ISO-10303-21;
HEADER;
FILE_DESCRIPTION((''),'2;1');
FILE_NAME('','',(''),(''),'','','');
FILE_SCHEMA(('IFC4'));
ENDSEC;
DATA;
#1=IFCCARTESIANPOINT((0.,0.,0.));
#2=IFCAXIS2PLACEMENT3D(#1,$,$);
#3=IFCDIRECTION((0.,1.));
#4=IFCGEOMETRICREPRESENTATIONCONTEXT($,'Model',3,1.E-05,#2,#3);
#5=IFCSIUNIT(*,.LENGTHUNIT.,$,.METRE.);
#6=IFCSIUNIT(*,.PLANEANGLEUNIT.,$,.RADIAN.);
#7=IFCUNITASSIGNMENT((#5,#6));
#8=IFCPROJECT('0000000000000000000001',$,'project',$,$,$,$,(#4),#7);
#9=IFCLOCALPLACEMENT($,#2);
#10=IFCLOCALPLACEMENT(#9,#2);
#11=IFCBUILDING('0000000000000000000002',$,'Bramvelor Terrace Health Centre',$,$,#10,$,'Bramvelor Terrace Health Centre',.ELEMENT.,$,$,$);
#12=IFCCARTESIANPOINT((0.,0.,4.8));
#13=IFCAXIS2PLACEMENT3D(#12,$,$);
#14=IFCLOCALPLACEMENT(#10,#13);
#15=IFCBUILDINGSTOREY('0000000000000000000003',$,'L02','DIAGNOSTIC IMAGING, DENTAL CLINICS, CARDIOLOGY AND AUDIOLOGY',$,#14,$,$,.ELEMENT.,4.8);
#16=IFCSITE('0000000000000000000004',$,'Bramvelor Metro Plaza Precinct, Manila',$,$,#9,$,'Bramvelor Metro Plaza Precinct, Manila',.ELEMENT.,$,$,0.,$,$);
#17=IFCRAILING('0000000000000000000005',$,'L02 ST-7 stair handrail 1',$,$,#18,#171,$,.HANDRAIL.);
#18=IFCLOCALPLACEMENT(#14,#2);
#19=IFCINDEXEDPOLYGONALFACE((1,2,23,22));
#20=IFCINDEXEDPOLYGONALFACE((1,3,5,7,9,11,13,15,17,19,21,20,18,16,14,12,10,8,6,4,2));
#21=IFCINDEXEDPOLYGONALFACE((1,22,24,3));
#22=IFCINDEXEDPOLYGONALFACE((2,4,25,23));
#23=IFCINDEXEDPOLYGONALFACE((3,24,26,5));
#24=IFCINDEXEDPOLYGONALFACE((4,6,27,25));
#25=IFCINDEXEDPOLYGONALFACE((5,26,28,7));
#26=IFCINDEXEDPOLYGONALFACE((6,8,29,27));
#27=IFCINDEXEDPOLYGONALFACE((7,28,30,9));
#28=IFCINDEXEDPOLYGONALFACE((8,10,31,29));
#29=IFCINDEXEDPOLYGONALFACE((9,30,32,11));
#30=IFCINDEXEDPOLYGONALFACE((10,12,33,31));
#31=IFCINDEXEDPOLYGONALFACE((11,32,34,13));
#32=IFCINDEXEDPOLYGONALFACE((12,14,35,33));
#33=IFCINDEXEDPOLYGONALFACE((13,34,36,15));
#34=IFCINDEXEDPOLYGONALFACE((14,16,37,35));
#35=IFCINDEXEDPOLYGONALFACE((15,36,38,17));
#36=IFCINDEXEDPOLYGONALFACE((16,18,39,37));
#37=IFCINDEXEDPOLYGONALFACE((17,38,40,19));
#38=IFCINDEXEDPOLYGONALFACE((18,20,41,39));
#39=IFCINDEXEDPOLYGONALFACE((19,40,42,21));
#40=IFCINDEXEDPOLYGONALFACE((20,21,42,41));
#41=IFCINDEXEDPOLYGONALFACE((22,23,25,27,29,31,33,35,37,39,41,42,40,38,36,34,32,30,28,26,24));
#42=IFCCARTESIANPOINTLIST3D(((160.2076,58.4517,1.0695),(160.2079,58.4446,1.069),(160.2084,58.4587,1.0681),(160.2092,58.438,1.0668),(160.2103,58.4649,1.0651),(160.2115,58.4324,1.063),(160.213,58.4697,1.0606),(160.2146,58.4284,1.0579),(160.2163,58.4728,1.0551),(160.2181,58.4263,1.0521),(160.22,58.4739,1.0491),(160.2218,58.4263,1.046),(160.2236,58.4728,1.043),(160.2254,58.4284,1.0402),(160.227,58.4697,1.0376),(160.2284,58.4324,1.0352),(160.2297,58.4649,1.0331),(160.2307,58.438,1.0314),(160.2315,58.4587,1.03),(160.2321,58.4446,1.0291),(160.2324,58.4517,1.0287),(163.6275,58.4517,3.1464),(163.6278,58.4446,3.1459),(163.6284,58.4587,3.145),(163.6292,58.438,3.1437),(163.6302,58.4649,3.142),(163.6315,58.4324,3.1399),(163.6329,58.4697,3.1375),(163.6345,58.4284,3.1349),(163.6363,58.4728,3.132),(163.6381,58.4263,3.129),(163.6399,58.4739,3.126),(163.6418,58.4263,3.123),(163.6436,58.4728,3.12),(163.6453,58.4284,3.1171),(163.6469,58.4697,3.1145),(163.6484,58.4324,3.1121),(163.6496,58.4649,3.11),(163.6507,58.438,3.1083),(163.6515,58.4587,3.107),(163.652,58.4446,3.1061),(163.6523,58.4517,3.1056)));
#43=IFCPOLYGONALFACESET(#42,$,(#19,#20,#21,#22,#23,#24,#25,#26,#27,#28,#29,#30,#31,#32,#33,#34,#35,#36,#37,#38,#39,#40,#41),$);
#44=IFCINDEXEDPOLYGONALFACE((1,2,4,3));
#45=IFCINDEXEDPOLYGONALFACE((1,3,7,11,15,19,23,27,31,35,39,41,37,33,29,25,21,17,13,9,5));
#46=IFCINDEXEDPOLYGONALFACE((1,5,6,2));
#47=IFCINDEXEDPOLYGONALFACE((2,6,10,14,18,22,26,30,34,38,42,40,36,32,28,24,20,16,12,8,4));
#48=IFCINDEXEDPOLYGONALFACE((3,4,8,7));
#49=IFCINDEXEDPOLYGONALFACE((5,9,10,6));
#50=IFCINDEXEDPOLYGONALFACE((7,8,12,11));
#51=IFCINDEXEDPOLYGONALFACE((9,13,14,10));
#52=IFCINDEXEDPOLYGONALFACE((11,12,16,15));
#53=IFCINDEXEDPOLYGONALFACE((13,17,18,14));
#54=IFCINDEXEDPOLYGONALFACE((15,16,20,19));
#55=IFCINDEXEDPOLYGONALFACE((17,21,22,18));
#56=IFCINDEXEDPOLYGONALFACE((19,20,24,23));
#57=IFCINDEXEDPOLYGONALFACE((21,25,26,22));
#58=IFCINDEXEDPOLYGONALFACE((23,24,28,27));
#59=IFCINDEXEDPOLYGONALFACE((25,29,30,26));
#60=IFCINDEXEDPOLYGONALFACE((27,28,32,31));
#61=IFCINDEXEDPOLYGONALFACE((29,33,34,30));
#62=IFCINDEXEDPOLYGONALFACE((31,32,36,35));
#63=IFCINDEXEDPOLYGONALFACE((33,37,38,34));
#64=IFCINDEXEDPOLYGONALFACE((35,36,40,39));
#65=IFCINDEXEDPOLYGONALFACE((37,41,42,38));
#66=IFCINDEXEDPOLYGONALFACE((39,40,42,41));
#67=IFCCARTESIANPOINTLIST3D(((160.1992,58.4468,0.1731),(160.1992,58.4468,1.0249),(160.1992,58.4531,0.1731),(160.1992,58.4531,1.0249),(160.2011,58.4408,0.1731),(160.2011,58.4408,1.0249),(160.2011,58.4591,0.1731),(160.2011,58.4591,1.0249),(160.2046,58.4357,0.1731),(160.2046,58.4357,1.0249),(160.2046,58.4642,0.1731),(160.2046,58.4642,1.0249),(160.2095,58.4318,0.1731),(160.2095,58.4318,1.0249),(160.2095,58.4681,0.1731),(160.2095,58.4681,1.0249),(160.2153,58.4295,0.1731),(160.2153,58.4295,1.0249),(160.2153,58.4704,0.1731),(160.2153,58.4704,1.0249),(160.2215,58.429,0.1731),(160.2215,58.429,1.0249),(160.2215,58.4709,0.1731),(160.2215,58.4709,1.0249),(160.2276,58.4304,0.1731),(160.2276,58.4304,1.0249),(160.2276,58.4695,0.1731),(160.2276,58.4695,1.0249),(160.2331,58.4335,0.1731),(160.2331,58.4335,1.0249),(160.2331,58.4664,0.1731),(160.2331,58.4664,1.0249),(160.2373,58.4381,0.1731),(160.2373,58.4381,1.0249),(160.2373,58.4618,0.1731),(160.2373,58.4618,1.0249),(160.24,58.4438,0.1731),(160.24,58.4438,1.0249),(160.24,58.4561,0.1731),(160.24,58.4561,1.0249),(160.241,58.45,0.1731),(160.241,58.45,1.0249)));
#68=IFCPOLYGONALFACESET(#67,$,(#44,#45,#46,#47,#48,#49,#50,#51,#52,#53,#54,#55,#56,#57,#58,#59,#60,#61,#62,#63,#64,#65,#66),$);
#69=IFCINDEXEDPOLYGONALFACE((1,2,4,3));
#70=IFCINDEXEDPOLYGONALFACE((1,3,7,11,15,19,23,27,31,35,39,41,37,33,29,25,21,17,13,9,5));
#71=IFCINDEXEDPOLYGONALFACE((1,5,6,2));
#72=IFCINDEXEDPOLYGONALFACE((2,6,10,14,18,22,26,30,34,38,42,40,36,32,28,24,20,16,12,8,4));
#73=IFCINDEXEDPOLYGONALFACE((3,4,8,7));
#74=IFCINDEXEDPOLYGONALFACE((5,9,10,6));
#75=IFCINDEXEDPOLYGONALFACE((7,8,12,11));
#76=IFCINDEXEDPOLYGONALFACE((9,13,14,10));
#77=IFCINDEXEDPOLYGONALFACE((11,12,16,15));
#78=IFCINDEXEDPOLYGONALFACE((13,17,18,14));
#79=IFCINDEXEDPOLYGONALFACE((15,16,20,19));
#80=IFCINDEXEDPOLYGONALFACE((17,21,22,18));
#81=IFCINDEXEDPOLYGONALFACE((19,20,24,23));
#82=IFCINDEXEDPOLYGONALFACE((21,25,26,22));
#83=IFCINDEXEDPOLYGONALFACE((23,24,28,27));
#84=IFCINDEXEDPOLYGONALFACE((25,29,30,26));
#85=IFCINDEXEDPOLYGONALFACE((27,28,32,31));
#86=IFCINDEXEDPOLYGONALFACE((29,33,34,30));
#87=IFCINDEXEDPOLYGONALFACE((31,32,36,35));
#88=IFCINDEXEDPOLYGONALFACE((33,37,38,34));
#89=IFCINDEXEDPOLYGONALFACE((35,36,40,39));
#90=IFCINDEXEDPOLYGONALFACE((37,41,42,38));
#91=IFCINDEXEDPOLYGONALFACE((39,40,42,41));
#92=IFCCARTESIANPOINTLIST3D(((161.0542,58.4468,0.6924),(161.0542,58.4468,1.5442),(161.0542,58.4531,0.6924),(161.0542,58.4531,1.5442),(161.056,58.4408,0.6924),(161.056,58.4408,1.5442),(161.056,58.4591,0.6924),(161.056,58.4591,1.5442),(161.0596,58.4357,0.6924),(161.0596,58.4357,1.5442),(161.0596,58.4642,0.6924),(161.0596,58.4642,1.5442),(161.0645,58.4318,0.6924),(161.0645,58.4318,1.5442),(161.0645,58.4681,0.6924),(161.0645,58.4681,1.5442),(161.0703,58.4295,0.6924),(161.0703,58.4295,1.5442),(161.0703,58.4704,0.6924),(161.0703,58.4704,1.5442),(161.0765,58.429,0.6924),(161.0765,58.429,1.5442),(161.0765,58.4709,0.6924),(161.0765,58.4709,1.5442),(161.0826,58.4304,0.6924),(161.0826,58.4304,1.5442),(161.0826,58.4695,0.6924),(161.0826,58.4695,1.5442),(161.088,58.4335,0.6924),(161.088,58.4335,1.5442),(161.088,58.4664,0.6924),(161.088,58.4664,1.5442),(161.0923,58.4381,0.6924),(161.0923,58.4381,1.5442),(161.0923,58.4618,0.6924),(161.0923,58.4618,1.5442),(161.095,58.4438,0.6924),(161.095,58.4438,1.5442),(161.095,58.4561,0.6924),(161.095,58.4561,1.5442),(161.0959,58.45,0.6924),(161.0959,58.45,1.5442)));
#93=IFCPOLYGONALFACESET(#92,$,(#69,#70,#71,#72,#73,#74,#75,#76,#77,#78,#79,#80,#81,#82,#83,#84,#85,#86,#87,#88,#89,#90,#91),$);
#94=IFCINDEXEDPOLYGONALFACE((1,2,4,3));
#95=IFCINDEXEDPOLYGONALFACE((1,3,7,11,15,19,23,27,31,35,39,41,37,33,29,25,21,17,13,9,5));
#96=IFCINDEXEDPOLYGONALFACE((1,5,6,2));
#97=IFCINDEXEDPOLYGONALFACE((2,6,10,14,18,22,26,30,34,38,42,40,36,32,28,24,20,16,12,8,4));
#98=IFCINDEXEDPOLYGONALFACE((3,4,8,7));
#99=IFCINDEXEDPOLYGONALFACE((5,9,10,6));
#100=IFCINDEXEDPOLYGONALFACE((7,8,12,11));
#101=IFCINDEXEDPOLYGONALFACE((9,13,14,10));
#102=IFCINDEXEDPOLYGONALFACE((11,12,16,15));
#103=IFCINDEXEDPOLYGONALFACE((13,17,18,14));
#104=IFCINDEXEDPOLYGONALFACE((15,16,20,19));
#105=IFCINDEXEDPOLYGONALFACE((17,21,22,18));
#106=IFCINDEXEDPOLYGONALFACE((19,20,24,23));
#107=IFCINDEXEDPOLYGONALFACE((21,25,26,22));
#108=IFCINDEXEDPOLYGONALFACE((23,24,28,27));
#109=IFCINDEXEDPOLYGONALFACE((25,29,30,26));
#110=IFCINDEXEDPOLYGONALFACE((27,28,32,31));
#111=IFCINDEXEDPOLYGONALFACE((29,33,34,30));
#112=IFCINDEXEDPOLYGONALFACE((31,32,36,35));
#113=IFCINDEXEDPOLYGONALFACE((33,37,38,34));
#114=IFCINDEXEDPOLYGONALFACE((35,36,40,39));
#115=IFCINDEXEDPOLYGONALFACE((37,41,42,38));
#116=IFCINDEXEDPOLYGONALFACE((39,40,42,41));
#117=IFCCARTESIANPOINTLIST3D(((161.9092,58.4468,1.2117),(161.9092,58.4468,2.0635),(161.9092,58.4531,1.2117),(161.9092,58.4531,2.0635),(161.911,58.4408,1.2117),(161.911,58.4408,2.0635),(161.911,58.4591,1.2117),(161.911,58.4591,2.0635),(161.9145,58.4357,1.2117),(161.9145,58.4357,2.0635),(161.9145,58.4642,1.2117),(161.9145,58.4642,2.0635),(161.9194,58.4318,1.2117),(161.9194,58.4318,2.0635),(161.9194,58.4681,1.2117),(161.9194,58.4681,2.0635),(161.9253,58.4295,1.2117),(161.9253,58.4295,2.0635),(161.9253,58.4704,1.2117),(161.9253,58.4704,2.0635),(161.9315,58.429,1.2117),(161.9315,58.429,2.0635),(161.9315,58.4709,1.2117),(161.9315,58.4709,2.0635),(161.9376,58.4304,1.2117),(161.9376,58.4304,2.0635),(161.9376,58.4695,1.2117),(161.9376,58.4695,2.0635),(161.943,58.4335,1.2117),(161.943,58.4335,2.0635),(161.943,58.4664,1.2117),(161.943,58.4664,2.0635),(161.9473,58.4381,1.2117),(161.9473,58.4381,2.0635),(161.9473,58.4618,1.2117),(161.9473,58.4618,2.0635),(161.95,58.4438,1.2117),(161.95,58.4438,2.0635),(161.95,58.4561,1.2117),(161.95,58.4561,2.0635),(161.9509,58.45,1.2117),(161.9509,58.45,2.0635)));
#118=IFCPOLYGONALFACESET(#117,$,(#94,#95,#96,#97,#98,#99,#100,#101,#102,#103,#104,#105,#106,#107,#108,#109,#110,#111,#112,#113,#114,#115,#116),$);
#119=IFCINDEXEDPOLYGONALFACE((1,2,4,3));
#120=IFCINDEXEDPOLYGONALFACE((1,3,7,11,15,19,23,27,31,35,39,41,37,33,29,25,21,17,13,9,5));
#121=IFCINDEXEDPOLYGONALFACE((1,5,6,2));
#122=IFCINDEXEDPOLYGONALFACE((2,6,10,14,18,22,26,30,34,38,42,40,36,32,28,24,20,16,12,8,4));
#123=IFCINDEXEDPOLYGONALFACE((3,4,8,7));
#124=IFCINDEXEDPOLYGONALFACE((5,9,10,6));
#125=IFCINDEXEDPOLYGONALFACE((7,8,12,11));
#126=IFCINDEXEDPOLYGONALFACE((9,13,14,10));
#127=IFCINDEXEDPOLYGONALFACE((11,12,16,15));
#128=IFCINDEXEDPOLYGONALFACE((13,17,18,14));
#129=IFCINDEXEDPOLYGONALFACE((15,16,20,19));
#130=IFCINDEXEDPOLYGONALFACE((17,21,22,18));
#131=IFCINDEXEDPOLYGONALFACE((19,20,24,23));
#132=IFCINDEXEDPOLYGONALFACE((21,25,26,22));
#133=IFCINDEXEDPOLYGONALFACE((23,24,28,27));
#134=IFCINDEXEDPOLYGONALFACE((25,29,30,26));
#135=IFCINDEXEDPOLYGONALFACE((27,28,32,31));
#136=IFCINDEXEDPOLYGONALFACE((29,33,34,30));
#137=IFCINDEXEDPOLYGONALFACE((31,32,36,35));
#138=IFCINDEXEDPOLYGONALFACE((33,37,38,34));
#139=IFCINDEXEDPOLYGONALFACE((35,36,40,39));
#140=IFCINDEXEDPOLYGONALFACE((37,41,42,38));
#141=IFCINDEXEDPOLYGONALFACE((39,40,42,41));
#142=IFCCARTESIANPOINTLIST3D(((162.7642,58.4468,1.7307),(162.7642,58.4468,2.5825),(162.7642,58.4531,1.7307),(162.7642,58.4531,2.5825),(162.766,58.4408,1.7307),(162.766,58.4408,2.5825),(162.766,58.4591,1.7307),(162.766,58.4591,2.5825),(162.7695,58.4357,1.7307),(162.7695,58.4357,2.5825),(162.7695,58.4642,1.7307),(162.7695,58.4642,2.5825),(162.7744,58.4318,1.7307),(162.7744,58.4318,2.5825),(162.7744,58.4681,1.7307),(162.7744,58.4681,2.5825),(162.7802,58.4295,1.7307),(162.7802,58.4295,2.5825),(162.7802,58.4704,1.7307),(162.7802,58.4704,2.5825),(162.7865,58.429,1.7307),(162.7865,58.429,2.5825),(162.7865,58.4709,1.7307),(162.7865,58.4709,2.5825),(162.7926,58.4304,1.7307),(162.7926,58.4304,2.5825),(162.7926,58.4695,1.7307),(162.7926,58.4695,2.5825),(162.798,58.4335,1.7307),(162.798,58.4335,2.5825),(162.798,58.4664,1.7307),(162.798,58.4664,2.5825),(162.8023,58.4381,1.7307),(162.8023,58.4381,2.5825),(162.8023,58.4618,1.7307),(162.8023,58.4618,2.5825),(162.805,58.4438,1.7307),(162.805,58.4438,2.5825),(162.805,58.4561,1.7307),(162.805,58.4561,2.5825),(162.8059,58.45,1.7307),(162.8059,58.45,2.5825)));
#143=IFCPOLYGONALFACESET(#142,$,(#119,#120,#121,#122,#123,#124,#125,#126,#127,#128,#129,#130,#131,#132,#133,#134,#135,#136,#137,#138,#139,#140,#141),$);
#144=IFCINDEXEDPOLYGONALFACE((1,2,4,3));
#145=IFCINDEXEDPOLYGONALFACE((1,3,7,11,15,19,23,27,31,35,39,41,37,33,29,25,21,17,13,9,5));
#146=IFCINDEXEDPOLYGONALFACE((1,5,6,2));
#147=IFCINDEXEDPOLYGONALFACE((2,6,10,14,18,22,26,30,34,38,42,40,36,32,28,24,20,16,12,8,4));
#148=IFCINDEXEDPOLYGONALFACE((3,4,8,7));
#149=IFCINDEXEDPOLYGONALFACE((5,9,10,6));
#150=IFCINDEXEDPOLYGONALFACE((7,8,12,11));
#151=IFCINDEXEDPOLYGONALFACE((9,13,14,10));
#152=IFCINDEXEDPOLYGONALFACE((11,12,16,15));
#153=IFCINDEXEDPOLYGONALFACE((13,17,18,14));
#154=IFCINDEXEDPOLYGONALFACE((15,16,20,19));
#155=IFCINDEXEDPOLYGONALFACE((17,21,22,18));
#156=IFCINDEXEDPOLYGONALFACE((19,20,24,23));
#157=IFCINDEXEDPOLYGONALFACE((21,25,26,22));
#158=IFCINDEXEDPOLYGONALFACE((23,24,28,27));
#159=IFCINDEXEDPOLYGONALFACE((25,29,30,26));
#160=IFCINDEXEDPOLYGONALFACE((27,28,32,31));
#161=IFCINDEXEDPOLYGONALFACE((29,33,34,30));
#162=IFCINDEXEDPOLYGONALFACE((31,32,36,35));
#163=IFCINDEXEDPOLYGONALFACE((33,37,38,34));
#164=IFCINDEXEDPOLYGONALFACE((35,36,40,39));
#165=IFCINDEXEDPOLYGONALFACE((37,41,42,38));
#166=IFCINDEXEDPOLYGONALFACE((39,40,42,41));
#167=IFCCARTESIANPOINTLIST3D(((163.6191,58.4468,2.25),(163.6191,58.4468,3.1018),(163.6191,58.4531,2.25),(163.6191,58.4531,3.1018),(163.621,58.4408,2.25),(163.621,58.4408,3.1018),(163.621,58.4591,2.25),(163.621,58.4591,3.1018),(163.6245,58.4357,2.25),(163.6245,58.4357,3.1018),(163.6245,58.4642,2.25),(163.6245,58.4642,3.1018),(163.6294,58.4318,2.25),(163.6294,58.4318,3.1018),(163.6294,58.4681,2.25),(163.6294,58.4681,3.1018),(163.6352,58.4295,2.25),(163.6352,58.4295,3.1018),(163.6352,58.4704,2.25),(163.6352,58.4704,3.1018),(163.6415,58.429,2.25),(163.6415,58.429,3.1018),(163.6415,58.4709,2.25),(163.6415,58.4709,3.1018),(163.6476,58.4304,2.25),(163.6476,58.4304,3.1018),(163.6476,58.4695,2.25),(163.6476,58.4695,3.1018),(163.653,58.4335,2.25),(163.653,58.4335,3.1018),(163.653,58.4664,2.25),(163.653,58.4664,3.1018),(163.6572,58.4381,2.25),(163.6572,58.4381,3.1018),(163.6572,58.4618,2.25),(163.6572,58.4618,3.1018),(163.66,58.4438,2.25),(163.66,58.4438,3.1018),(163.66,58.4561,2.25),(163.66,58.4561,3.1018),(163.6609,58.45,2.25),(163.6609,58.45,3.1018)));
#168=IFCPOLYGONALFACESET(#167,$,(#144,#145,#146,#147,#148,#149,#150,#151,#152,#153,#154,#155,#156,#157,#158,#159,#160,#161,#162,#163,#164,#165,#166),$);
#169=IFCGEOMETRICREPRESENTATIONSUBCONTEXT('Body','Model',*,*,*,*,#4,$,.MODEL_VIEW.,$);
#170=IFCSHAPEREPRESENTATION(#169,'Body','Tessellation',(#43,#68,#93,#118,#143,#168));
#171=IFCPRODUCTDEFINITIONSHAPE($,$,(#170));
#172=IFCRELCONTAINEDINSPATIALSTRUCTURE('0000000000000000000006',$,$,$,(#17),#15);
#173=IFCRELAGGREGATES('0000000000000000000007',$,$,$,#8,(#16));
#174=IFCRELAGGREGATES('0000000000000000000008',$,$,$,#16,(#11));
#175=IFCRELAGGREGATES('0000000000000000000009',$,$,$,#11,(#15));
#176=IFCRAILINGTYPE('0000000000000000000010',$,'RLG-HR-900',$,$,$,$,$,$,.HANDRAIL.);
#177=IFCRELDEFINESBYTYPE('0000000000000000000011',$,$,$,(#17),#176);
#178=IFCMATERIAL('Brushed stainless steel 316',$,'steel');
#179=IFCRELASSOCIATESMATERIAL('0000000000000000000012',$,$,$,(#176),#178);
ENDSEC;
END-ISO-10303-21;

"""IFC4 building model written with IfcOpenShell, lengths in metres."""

from ifc_helpers import new_model, si_unit, direction, frame, origin, origin_2d, place, context, subcontext, project, spatial, circle, extrude, material, type_object, element, save


model = new_model("IFC4")

# Units and contexts
model_context = context("Model", 3, precision=1e-05, world=origin(), true_north=direction((0.0, 1.0)))
body_context = subcontext(model_context, "Body", "Model", "MODEL_VIEW")
ifc_project = project(units=[si_unit("LENGTHUNIT", "METRE"), si_unit("PLANEANGLEUNIT", "RADIAN")], contexts=[model_context])

# Site, building, storey
site_placement = place(None, origin())
site = spatial("IfcSite", under=ifc_project, at=site_placement, Name="Bramvelor Metro Plaza Precinct, Manila", LongName="Bramvelor Metro Plaza Precinct, Manila", CompositionType="ELEMENT", RefElevation=0.0)
building_placement = place(site_placement, origin())
building = spatial("IfcBuilding", under=site, at=building_placement, Name="Bramvelor Terrace Health Centre", LongName="Bramvelor Terrace Health Centre", CompositionType="ELEMENT")
storey_placement = place(building_placement, frame((0.0, 0.0, 4.8)))
storey = spatial("IfcBuildingStorey", under=building, at=storey_placement, Name="L02", Description="DIAGNOSTIC IMAGING, DENTAL CLINICS, CARDIOLOGY AND AUDIOLOGY", CompositionType="ELEMENT", Elevation=4.8)

# Railing
ifc_material_1 = material(Name="Brushed stainless steel 316", Category="steel")
railing_type_1 = type_object("IfcRailingType", Name="RLG-HR-900", PredefinedType="HANDRAIL", material=ifc_material_1)
railing_1_placement = place(storey_placement, frame((160.22, 58.45, 0.1731)))
element("IfcRailing", 1, at=railing_1_placement, inside=storey, type_object=railing_type_1, Name="L02 ST-7 stair handrail 1", PredefinedType="HANDRAIL", context=body_context, shape_type="SweptSolid", body=[
    extrude(circle(Radius=0.0239, at=origin_2d()), frame((0.0, 0.0, 0.876), z_axis=(0.85473, 0.0, 0.519074), x_axis=(0.0, 1.0, 0.0)), (0.0, 0.0, 1.0), 4.0012),
    extrude(circle(Radius=0.021, at=origin_2d()), origin(), (0.0, 0.0, 1.0), 0.8518),
    extrude(circle(Radius=0.021, at=origin_2d()), frame((0.855, 0.0, 0.5193)), (0.0, 0.0, 1.0), 0.8518),
    extrude(circle(Radius=0.021, at=origin_2d()), frame((1.71, 0.0, 1.0386)), (0.0, 0.0, 1.0), 0.8518),
    extrude(circle(Radius=0.021, at=origin_2d()), frame((2.5649, 0.0, 1.5576)), (0.0, 0.0, 1.0), 0.8518),
    extrude(circle(Radius=0.021, at=origin_2d()), frame((3.4199, 0.0, 2.0769)), (0.0, 0.0, 1.0), 0.8518),
])

save(model, "model.ifc")
